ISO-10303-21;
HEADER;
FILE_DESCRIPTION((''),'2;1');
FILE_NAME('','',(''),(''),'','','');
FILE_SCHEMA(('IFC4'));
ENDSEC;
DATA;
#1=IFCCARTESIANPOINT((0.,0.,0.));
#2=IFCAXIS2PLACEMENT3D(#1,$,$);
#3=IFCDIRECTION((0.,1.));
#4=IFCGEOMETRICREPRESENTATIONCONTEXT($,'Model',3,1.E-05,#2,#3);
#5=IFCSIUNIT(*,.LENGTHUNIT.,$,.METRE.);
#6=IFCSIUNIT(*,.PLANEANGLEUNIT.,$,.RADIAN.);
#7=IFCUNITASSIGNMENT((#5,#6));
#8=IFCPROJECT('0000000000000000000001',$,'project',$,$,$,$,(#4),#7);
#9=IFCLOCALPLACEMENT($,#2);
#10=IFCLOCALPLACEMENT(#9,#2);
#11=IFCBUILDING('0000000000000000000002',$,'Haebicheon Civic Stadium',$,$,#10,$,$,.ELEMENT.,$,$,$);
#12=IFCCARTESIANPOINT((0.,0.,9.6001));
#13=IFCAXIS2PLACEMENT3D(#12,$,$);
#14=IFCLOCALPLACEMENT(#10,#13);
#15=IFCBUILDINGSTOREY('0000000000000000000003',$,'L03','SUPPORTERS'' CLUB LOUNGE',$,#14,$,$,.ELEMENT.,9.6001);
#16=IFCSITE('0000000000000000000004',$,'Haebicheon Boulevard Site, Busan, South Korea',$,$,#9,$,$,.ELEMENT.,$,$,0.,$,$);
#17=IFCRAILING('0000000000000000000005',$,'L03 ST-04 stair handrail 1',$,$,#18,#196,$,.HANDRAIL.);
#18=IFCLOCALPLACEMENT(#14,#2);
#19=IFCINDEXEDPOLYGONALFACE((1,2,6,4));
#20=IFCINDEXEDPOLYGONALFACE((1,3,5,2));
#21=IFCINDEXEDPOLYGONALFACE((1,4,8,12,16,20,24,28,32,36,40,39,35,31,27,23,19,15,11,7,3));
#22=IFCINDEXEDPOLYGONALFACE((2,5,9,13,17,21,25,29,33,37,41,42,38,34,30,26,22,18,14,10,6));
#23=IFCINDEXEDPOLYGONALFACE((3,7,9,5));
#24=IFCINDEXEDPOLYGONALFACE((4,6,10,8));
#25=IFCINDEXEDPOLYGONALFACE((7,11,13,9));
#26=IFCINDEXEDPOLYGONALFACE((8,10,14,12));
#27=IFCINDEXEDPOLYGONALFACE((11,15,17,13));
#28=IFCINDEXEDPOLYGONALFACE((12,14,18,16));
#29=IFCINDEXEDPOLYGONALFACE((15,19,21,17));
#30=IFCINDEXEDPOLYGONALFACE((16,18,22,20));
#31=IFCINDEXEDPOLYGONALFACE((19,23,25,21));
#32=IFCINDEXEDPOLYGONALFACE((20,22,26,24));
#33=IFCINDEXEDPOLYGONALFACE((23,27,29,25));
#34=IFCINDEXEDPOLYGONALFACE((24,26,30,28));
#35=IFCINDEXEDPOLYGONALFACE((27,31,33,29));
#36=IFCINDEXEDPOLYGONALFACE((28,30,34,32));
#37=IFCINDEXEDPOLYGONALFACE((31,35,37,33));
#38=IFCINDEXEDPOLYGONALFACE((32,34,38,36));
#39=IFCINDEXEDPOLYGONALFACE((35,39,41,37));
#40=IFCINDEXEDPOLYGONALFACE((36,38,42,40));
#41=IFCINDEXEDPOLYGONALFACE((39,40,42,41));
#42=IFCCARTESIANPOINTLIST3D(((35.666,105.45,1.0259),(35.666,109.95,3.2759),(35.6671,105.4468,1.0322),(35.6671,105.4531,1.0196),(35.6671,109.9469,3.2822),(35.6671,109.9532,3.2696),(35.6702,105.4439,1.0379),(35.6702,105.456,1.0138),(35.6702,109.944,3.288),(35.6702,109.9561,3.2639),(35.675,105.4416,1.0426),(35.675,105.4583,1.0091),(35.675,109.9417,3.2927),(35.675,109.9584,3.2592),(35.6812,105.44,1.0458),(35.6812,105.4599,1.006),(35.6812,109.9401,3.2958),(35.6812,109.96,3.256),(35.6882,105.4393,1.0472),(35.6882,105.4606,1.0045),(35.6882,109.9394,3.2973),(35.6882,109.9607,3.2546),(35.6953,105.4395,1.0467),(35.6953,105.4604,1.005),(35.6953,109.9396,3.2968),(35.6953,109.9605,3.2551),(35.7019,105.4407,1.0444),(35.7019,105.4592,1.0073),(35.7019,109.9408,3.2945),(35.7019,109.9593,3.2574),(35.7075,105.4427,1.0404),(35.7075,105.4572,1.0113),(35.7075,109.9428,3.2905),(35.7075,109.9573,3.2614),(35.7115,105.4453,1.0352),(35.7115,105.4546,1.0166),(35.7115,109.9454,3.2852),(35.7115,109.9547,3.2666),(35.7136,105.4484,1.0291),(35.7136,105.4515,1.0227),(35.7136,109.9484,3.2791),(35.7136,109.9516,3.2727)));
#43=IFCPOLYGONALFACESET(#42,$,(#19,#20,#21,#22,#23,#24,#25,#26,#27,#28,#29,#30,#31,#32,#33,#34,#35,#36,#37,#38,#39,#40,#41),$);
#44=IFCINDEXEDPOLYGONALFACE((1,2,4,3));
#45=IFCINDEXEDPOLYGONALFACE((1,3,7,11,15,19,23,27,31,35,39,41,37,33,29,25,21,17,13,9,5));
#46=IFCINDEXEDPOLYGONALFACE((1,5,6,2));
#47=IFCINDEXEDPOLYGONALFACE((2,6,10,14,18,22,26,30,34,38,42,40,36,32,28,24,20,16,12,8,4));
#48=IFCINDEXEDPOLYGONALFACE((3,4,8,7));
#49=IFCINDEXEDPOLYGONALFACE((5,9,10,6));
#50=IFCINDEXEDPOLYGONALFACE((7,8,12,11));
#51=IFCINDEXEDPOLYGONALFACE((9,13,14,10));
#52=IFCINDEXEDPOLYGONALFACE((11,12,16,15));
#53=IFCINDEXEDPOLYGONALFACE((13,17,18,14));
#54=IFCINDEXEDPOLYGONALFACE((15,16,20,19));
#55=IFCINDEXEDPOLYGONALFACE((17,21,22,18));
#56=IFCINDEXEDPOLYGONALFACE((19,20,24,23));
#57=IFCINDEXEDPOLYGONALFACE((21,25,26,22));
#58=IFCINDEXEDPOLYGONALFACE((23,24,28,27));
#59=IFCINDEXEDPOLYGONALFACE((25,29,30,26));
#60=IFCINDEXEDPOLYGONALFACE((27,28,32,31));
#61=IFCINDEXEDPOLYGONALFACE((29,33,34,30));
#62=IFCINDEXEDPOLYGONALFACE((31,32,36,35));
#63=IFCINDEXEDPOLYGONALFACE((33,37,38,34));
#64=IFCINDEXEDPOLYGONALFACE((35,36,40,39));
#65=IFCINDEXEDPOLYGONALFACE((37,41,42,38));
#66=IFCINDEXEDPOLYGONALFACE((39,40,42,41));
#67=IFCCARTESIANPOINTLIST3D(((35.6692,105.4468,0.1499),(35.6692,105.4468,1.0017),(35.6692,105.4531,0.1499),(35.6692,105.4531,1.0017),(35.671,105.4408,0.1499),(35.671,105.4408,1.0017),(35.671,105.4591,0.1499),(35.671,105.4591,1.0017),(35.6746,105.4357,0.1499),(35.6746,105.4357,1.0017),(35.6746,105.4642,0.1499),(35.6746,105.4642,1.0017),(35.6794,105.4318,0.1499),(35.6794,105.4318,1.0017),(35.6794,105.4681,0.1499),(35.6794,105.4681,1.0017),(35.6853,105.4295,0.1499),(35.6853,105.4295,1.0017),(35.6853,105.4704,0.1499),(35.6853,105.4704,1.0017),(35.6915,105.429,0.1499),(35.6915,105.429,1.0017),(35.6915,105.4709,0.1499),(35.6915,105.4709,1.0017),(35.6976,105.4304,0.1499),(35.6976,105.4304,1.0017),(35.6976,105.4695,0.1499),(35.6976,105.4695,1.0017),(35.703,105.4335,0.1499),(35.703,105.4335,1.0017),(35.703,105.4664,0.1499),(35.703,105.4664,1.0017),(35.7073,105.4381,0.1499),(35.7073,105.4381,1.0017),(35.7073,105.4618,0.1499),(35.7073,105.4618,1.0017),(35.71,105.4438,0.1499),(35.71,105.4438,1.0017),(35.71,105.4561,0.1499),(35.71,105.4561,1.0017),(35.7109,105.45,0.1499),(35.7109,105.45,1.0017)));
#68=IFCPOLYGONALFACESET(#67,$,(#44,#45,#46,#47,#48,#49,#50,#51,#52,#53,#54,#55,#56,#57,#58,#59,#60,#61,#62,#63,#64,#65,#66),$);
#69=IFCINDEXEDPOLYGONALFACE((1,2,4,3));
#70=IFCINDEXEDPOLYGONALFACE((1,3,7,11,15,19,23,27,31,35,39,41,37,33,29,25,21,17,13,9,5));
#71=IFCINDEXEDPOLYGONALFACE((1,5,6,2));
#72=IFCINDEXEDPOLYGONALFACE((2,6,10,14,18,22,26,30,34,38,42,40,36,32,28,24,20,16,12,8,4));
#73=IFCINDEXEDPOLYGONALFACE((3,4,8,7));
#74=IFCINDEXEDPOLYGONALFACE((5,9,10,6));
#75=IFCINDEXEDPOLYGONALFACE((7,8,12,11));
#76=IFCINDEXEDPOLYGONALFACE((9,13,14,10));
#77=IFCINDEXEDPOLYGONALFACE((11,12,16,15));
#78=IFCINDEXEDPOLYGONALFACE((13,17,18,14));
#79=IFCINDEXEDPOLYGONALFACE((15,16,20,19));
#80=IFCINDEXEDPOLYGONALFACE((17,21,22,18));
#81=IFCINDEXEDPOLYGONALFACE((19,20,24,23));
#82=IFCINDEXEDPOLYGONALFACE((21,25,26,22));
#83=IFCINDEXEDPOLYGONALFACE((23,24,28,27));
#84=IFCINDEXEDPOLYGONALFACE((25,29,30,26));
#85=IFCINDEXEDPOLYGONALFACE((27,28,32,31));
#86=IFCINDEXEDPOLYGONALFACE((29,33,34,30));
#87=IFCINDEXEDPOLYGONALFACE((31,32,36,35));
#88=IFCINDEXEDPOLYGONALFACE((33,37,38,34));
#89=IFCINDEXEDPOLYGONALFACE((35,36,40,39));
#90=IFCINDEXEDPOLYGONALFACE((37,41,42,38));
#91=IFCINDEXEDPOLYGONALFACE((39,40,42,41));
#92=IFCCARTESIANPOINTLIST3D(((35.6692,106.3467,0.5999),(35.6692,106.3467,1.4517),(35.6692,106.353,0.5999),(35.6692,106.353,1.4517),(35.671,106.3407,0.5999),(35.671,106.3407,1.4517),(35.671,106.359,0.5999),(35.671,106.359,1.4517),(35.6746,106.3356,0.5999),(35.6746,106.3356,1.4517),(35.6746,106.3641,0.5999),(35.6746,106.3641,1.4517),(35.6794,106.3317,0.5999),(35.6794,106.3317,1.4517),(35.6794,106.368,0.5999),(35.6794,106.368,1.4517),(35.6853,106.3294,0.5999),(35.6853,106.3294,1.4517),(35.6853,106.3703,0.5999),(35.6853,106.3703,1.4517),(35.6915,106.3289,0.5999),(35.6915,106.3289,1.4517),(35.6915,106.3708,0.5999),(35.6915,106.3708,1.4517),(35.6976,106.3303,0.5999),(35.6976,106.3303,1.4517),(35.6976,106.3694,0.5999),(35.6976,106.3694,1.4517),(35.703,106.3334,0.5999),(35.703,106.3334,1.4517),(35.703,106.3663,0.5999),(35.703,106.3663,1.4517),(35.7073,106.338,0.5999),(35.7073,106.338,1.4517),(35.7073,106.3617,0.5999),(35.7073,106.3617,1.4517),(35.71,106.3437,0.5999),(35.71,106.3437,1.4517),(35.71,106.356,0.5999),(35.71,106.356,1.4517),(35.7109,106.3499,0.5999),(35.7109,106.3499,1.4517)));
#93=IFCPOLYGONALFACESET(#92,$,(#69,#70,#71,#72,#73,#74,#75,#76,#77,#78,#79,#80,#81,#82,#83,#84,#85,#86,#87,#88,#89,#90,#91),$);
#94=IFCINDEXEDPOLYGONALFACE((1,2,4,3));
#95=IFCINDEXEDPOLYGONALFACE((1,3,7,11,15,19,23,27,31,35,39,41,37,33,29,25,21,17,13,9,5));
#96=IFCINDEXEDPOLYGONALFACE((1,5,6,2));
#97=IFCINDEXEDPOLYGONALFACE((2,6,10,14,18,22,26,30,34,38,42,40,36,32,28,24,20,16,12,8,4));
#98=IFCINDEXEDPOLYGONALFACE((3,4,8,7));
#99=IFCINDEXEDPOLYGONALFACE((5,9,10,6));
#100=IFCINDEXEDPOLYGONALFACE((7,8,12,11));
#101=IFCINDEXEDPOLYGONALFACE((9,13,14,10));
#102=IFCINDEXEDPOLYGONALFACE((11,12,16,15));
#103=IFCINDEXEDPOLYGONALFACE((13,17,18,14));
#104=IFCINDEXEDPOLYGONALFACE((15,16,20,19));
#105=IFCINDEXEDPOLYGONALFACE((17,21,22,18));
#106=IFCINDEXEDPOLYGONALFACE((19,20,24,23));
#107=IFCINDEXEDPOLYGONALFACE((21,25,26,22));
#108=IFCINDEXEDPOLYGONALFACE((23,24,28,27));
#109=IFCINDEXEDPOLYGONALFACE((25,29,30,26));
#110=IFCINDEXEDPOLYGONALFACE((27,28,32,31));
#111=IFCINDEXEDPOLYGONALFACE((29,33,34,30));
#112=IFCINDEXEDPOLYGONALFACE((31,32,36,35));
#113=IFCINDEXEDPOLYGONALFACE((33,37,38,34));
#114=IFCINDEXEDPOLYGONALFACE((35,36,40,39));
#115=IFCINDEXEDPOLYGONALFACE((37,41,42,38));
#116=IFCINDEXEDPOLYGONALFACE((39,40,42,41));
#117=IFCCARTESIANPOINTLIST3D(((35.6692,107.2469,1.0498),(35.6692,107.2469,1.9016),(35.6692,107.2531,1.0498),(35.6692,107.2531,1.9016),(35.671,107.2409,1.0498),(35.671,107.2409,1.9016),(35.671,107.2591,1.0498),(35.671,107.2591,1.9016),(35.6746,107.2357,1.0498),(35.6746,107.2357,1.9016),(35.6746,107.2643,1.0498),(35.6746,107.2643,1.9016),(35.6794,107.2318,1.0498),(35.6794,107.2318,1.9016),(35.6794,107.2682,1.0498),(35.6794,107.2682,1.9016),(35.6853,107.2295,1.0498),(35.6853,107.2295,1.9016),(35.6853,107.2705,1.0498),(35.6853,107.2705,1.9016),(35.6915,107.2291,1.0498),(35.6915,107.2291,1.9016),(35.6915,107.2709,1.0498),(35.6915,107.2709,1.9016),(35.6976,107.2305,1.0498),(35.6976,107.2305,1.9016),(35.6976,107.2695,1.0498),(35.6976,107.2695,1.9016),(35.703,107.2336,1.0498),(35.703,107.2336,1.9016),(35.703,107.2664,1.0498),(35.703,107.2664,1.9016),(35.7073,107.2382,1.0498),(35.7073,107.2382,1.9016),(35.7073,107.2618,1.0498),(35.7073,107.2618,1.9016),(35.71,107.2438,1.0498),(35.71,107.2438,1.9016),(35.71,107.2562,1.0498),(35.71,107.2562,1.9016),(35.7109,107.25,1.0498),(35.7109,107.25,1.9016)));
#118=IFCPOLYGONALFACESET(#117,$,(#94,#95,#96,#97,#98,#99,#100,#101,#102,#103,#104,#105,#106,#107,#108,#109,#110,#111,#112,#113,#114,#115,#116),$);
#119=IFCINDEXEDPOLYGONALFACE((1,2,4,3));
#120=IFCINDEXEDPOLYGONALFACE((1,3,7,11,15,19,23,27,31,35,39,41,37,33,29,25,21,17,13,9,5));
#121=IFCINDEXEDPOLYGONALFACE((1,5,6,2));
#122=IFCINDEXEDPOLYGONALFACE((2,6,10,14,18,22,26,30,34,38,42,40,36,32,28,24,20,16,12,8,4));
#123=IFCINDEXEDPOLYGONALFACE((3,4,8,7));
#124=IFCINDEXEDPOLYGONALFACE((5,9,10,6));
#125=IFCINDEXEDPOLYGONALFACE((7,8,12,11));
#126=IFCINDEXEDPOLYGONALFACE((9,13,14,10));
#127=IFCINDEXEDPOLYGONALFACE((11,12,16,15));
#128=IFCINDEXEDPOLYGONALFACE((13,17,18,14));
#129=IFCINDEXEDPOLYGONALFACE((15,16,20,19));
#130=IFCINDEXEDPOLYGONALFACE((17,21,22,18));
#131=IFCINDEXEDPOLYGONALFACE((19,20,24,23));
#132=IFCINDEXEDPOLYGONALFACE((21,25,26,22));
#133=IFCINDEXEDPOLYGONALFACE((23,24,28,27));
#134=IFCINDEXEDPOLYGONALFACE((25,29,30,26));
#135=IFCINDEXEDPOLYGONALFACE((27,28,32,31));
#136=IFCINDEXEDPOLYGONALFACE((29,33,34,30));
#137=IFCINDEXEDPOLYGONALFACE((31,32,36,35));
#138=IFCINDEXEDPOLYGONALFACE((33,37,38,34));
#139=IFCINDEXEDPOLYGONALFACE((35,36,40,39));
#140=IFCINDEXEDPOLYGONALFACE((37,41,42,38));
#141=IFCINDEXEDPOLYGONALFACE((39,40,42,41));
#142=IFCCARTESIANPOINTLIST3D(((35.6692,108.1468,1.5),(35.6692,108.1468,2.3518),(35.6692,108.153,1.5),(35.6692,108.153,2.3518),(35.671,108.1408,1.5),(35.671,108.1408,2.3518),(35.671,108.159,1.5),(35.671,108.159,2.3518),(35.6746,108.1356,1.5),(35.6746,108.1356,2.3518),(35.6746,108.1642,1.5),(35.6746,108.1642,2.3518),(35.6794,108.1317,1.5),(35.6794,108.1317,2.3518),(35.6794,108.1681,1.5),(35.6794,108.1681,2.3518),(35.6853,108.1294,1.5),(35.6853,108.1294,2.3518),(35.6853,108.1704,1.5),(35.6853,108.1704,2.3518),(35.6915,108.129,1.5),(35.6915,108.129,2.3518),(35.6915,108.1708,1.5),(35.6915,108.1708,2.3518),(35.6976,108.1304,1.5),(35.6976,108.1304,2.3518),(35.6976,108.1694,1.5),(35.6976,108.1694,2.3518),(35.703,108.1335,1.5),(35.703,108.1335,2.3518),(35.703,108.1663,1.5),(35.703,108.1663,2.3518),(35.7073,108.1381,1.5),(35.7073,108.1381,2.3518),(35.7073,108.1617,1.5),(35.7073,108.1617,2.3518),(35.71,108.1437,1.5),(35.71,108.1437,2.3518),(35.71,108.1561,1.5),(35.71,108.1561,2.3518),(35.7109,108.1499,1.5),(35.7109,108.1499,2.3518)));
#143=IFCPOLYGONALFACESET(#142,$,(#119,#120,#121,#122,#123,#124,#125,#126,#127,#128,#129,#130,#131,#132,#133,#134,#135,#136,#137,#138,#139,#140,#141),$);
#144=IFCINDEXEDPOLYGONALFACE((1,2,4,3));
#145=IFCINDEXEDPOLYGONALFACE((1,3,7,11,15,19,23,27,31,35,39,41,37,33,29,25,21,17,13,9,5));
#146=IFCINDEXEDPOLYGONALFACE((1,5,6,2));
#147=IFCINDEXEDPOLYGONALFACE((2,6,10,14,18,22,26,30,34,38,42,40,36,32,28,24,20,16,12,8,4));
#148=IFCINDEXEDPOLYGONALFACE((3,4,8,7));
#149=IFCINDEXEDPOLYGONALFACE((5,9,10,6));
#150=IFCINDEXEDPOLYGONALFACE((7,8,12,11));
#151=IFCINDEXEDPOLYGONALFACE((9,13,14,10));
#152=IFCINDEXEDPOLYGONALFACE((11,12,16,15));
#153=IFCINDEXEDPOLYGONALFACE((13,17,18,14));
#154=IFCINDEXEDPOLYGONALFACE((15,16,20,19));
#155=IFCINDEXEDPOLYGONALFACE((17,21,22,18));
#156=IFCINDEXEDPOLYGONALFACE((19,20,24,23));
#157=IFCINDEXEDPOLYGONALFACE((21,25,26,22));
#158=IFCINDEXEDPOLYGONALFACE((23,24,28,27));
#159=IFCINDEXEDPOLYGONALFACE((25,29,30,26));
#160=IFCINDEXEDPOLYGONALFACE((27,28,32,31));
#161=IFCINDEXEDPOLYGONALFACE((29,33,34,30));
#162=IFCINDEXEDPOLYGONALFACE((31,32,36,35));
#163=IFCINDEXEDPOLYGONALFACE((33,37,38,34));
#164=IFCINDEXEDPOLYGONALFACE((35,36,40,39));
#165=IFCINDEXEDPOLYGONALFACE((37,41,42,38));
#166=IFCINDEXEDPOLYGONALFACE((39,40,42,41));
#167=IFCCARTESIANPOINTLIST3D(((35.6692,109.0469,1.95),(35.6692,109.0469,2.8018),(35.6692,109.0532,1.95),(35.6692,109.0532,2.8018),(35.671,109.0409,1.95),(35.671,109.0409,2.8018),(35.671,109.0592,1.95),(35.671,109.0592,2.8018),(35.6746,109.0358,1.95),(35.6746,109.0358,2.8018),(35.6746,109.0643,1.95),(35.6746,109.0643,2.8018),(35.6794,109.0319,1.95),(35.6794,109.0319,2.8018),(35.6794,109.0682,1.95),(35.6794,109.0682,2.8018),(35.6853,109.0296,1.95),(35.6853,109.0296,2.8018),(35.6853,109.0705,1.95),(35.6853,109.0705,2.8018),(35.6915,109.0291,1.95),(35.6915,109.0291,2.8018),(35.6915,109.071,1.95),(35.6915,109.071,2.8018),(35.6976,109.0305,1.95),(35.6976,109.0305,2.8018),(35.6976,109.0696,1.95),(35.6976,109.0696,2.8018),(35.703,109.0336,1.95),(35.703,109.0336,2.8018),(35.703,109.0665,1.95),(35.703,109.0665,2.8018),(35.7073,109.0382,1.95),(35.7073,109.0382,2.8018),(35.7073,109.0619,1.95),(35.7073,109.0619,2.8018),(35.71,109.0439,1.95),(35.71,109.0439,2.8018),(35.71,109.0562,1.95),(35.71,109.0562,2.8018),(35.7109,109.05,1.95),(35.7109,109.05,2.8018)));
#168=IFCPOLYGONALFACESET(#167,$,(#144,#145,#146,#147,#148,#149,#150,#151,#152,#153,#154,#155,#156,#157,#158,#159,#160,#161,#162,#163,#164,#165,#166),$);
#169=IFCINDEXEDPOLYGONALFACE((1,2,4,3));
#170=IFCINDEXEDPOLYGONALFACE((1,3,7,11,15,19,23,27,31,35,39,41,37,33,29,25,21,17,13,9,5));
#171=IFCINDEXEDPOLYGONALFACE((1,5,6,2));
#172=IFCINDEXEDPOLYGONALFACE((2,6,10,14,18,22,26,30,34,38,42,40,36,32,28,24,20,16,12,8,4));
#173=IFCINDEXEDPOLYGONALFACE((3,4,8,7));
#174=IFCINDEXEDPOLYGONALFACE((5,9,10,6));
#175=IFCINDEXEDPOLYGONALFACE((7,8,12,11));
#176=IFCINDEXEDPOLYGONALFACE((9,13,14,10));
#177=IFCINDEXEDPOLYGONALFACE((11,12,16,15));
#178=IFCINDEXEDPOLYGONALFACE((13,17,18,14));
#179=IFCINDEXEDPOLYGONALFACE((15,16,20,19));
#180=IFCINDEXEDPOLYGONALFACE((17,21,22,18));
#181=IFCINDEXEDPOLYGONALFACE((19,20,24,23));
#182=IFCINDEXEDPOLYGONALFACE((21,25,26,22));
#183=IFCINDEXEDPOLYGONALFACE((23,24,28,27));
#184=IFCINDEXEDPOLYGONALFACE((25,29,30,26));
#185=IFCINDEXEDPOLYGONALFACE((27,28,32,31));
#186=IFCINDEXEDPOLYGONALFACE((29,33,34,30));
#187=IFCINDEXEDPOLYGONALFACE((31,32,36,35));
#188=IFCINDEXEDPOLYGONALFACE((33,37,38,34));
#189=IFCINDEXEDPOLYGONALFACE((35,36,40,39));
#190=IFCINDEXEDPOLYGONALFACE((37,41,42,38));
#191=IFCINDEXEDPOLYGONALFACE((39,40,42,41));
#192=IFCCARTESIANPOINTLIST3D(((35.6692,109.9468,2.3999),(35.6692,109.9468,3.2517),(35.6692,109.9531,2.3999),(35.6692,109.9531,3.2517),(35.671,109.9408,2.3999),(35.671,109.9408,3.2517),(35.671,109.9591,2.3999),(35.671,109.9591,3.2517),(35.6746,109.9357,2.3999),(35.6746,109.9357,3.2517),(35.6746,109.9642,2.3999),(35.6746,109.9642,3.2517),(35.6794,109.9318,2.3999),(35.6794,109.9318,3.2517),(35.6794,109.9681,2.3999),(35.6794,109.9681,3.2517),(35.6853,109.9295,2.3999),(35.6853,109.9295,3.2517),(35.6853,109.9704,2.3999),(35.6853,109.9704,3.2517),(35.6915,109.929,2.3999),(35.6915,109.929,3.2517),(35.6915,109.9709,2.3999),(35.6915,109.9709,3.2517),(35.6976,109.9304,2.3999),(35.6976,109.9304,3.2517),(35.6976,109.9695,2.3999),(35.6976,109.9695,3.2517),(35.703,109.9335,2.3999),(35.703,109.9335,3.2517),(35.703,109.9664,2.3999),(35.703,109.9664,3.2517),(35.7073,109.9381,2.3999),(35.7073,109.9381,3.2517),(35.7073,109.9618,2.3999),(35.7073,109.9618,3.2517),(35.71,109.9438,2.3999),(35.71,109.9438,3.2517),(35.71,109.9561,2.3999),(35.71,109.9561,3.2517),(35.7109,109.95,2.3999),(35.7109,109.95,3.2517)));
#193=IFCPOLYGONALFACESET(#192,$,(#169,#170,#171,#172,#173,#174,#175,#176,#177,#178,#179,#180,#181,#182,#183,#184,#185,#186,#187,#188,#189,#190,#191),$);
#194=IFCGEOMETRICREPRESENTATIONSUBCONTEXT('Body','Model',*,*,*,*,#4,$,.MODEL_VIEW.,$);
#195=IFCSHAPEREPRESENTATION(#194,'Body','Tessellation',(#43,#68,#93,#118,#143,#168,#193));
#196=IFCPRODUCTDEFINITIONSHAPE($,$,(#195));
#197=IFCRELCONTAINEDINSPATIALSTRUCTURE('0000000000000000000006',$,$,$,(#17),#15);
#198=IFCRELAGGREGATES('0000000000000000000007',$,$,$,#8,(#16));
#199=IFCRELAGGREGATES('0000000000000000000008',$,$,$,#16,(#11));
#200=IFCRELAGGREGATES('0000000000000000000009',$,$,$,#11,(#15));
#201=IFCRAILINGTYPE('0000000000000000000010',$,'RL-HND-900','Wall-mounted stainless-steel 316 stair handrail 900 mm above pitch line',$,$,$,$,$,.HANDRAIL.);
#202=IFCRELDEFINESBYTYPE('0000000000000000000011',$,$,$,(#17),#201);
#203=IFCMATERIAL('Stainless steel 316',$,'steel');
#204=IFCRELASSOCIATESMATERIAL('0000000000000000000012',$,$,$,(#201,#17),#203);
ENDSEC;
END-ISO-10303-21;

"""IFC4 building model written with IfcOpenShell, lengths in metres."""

from ifc_helpers import new_model, si_unit, direction, frame, origin, origin_2d, place, context, subcontext, project, spatial, circle, extrude, material, type_object, element, save


model = new_model("IFC4")

# Units and contexts
model_context = context("Model", 3, precision=1e-05, world=origin(), true_north=direction((0.0, 1.0)))
body_context = subcontext(model_context, "Body", "Model", "MODEL_VIEW")
ifc_project = project(units=[si_unit("LENGTHUNIT", "METRE"), si_unit("PLANEANGLEUNIT", "RADIAN")], contexts=[model_context])

# Site, building, storey
site_placement = place(None, origin())
site = spatial("IfcSite", under=ifc_project, at=site_placement, Name="Haebicheon Boulevard Site, Busan, South Korea", CompositionType="ELEMENT", RefElevation=0.0)
building_placement = place(site_placement, origin())
building = spatial("IfcBuilding", under=site, at=building_placement, Name="Haebicheon Civic Stadium", CompositionType="ELEMENT")
storey_placement = place(building_placement, frame((0.0, 0.0, 9.6001)))
storey = spatial("IfcBuildingStorey", under=building, at=storey_placement, Name="L03", Description="SUPPORTERS' CLUB LOUNGE", CompositionType="ELEMENT", Elevation=9.6001)

# Railing
ifc_material_1 = material(Name="Stainless steel 316", Category="steel")
railing_type_1 = type_object("IfcRailingType", Name="RL-HND-900", Description="Wall-mounted stainless-steel 316 stair handrail 900 mm above pitch line", PredefinedType="HANDRAIL", material=ifc_material_1)
railing_1_placement = place(storey_placement, frame((35.6899, 105.45, 0.1499)))
element("IfcRailing", 1, at=railing_1_placement, inside=storey, type_object=railing_type_1, material=ifc_material_1, Name="L03 ST-04 stair handrail 1", PredefinedType="HANDRAIL", context=body_context, shape_type="SweptSolid", body=[
    extrude(circle(Radius=0.0239, at=origin_2d()), frame((0.0, 0.0, 0.876), z_axis=(0.0, 0.894427, 0.447214), x_axis=(-1.0, 0.0, 0.0)), (0.0, 0.0, 1.0), 5.0312),
    extrude(circle(Radius=0.021, at=origin_2d()), origin(), (0.0, 0.0, 1.0), 0.8518),
    extrude(circle(Radius=0.021, at=origin_2d()), frame((0.0, 0.8999, 0.45)), (0.0, 0.0, 1.0), 0.8518),
    extrude(circle(Radius=0.021, at=origin_2d()), frame((0.0, 1.8, 0.8999)), (0.0, 0.0, 1.0), 0.8518),
    extrude(circle(Radius=0.021, at=origin_2d()), frame((0.0, 2.7, 1.3501)), (0.0, 0.0, 1.0), 0.8518),
    extrude(circle(Radius=0.021, at=origin_2d()), frame((0.0, 3.6001, 1.8)), (0.0, 0.0, 1.0), 0.8518),
    extrude(circle(Radius=0.021, at=origin_2d()), frame((0.0, 4.5, 2.25)), (0.0, 0.0, 1.0), 0.8518),
])

save(model, "model.ifc")
